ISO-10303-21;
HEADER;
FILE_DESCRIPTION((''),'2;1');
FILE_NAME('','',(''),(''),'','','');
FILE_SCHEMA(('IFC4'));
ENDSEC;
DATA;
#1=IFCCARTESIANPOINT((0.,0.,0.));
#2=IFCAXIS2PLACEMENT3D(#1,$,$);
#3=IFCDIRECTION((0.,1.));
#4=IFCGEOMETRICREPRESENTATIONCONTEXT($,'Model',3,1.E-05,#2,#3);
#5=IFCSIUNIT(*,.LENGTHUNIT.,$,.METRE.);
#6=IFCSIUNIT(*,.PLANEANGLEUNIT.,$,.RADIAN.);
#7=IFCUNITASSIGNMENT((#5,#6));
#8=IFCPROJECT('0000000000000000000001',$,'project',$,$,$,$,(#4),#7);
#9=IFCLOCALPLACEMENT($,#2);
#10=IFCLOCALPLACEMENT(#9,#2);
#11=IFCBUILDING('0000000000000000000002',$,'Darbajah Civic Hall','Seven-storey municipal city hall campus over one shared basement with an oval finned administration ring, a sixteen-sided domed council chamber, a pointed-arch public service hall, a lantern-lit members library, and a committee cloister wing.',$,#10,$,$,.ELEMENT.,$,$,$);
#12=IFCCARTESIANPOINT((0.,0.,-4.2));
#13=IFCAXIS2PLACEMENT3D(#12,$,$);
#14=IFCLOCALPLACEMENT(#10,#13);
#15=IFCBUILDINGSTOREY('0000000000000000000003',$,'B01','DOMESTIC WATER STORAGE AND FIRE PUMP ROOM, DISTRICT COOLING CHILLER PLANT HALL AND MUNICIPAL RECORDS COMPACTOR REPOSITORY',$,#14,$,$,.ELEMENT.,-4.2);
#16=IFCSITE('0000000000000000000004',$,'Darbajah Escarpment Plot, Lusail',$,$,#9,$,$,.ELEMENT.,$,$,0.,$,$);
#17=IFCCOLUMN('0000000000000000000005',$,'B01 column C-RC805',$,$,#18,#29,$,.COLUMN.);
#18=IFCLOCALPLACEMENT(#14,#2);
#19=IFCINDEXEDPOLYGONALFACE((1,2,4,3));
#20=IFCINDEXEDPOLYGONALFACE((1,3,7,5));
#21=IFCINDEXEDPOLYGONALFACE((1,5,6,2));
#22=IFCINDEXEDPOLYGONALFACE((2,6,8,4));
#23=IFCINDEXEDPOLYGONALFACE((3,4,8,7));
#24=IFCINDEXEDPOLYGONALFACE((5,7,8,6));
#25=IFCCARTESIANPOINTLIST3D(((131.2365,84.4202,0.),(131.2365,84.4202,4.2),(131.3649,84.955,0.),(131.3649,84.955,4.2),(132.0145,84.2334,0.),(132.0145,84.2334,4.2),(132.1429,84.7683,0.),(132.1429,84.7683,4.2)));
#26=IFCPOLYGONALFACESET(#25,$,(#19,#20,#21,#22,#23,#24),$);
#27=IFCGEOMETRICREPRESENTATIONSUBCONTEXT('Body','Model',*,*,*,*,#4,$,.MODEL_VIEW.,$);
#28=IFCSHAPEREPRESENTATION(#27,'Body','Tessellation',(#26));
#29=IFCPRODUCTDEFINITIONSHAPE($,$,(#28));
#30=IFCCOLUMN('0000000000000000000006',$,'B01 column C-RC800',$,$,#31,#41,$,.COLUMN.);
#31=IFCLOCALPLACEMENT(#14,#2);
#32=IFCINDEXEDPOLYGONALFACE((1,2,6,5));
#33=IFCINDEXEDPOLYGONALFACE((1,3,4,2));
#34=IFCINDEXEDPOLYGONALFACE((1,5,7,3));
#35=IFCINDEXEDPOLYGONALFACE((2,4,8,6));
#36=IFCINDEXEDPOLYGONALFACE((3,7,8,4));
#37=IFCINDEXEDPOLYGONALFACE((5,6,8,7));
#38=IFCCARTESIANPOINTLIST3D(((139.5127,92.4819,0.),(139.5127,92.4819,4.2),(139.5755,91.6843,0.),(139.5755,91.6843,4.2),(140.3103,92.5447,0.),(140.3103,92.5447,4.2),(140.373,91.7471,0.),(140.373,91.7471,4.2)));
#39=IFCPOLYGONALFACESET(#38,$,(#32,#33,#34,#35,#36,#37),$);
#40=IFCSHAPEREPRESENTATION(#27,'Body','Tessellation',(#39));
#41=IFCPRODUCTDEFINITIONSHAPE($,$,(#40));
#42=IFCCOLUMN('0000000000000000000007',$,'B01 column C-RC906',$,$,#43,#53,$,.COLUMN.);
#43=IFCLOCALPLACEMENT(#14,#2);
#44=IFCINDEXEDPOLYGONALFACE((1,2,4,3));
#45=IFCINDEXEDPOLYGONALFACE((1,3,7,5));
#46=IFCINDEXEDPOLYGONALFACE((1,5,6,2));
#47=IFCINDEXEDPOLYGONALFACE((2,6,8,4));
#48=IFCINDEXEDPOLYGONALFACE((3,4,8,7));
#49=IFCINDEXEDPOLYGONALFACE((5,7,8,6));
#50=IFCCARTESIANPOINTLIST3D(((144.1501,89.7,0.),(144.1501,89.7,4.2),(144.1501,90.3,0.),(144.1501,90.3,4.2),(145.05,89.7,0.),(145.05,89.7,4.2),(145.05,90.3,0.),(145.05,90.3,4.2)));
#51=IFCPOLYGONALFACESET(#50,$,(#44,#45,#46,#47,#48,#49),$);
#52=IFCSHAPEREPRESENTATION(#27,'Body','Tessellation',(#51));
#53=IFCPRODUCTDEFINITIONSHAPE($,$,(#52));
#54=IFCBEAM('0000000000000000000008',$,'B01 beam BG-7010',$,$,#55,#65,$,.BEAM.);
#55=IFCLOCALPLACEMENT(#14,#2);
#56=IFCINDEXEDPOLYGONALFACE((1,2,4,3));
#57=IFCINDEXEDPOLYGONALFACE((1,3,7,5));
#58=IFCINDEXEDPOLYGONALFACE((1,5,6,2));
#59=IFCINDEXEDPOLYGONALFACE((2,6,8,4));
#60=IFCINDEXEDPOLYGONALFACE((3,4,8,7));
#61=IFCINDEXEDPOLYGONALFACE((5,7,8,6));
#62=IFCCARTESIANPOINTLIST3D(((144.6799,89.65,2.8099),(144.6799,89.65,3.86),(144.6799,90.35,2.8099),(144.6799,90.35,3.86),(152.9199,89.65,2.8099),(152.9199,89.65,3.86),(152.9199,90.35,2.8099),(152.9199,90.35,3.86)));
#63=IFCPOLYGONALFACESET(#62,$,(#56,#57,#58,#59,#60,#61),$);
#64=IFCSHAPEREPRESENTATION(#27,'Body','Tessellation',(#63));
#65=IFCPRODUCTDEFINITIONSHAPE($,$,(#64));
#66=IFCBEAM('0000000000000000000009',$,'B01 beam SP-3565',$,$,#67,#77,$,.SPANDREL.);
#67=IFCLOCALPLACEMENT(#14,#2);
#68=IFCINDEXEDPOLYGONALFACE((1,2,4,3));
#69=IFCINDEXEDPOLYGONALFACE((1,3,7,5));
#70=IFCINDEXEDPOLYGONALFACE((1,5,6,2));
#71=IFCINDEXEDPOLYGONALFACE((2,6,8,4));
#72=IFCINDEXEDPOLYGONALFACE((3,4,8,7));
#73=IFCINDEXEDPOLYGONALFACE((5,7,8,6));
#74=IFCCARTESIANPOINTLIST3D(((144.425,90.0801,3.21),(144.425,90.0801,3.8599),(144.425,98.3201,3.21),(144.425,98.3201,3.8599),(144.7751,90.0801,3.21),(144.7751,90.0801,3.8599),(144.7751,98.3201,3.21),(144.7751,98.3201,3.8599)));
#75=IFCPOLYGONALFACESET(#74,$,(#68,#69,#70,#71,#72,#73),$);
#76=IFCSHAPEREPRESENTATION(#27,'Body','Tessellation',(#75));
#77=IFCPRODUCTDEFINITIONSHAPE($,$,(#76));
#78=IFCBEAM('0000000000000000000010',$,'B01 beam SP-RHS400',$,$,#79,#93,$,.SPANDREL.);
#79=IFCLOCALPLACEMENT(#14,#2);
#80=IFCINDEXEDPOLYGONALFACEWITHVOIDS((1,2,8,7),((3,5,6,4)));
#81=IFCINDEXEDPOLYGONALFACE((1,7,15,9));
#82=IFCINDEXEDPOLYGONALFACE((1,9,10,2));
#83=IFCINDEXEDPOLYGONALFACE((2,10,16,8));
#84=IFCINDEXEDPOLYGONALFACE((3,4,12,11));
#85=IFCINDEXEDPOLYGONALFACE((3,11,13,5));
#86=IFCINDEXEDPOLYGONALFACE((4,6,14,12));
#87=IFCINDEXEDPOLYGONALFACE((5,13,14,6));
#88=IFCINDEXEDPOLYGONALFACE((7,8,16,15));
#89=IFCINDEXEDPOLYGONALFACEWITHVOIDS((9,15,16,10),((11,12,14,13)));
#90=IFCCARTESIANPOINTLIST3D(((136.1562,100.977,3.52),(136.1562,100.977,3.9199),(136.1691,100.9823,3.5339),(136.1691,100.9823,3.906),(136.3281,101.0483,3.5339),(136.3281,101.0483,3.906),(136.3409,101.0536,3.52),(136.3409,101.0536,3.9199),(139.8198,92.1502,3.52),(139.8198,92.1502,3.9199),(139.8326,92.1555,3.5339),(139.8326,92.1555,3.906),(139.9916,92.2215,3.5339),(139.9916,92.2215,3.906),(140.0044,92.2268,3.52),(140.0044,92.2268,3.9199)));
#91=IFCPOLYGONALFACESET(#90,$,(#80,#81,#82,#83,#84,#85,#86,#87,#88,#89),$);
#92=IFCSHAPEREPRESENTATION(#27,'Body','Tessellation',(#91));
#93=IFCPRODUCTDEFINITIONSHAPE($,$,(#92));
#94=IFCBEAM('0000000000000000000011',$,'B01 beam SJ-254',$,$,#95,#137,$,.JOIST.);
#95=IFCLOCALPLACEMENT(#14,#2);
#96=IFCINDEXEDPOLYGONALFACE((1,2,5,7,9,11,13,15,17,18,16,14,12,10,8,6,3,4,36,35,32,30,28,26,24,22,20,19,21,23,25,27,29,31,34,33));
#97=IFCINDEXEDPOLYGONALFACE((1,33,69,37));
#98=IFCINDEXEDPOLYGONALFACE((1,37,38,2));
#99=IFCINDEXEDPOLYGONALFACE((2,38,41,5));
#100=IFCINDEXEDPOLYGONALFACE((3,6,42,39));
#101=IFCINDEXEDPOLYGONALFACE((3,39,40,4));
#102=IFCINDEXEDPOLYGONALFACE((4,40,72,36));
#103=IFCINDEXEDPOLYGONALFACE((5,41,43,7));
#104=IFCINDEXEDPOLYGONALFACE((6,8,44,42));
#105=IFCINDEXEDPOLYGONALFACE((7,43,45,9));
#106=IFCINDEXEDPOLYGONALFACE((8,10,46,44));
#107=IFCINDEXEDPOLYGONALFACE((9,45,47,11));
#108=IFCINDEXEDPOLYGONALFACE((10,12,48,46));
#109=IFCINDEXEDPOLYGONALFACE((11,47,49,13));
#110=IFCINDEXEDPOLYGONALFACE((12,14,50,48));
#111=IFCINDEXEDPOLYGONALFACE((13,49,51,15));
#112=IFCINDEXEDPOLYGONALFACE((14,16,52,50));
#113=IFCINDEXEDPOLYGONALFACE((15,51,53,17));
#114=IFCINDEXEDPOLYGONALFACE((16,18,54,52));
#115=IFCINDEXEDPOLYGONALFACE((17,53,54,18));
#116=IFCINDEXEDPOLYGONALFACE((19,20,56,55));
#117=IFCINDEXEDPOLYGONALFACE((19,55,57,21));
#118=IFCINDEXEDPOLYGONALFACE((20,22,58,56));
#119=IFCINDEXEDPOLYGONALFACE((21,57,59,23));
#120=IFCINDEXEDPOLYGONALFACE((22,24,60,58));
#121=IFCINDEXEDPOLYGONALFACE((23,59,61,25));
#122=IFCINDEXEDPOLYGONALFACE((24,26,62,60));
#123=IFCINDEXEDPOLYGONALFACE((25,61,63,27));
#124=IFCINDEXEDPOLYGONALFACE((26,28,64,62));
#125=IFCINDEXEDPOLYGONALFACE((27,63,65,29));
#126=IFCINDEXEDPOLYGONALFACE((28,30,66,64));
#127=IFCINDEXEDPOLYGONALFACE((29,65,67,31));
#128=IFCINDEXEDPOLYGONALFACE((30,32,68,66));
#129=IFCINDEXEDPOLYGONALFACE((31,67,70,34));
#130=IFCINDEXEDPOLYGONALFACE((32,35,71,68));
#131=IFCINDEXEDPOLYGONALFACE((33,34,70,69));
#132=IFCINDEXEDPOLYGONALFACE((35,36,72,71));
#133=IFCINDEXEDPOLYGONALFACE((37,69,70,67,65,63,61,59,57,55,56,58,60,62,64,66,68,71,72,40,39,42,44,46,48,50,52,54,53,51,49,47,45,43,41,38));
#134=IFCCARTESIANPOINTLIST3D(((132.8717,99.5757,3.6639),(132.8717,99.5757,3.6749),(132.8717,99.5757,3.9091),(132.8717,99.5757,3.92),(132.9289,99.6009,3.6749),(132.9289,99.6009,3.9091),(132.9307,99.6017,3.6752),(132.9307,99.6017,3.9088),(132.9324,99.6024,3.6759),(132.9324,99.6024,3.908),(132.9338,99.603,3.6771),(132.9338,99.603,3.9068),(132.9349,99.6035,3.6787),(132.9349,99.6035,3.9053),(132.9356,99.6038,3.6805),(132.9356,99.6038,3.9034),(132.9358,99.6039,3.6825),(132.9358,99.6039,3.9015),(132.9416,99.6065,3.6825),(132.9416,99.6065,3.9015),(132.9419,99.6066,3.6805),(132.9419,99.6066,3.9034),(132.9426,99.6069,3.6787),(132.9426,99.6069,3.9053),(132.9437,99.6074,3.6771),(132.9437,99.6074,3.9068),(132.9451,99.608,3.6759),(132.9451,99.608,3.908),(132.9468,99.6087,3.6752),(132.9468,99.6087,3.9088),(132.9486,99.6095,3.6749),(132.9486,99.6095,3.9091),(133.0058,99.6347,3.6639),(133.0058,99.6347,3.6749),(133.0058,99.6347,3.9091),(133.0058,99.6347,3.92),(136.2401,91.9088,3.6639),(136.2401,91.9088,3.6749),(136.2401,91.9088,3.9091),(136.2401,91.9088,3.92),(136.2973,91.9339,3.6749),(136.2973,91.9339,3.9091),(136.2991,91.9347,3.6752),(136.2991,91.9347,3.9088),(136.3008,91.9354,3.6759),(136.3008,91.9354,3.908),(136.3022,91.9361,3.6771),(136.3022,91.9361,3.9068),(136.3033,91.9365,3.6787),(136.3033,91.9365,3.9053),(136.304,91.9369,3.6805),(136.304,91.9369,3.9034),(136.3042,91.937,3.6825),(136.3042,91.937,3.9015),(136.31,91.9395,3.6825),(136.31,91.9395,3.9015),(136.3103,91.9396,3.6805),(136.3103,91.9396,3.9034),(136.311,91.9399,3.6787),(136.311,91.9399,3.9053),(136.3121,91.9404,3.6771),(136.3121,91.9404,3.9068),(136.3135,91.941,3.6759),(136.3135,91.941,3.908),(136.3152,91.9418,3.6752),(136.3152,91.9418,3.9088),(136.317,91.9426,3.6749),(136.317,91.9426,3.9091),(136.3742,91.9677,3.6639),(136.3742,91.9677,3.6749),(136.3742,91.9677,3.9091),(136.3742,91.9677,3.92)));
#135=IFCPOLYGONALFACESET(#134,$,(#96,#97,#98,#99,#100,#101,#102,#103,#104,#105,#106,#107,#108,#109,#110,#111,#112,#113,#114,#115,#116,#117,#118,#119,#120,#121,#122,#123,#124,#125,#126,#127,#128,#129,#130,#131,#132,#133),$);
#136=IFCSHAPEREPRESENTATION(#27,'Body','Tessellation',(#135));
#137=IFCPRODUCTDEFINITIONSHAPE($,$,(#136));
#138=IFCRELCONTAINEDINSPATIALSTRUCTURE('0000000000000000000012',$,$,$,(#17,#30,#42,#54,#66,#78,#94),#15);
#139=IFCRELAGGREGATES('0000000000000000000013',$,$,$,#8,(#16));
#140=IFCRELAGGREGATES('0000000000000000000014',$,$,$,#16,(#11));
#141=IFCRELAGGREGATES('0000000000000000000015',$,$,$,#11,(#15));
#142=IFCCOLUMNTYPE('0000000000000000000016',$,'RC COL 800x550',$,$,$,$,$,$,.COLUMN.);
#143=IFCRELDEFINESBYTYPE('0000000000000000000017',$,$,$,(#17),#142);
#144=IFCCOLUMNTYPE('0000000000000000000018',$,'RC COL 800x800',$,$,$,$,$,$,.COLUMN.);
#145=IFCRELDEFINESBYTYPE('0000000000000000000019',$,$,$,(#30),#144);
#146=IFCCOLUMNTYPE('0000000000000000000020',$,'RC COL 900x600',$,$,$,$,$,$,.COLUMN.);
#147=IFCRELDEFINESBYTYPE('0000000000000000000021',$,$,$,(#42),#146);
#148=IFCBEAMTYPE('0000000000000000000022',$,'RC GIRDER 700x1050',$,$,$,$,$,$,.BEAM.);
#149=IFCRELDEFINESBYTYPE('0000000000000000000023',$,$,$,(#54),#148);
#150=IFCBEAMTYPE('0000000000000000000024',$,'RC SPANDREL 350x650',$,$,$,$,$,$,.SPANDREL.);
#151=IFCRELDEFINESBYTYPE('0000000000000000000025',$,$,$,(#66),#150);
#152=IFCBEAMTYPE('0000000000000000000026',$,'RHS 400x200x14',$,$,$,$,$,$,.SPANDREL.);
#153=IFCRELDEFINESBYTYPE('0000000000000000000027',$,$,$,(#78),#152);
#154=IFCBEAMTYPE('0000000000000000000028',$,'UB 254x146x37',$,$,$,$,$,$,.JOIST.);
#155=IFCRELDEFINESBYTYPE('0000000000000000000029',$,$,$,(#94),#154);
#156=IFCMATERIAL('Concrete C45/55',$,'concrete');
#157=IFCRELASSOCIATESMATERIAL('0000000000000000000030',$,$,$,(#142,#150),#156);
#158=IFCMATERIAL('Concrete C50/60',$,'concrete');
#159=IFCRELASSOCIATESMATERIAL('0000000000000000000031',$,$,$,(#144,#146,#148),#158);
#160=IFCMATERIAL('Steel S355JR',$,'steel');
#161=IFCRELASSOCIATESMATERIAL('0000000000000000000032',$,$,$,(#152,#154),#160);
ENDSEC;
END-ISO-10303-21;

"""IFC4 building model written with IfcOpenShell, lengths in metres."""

from ifc_helpers import new_model, si_unit, direction, frame, origin, origin_2d, place, context, subcontext, project, spatial, rectangle, hollow_rectangle, i_section, extrude, material, material_profile, profile_set, type_object, element, save


model = new_model("IFC4")

# Units and contexts
model_context = context("Model", 3, precision=1e-05, world=origin(), true_north=direction((0.0, 1.0)))
body_context = subcontext(model_context, "Body", "Model", "MODEL_VIEW")
ifc_project = project(units=[si_unit("LENGTHUNIT", "METRE"), si_unit("PLANEANGLEUNIT", "RADIAN")], contexts=[model_context])

# Site, building, storey
site_placement = place(None, origin())
site = spatial("IfcSite", under=ifc_project, at=site_placement, Name="Darbajah Escarpment Plot, Lusail", CompositionType="ELEMENT", RefElevation=0.0)
building_placement = place(site_placement, origin())
building = spatial("IfcBuilding", under=site, at=building_placement, Name="Darbajah Civic Hall", Description="Seven-storey municipal city hall campus over one shared basement with an oval finned administration ring, a sixteen-sided domed council chamber, a pointed-arch public service hall, a lantern-lit members library, and a committee cloister wing.", CompositionType="ELEMENT")
storey_placement = place(building_placement, frame((0.0, 0.0, -4.2)))
storey = spatial("IfcBuildingStorey", under=building, at=storey_placement, Name="B01", Description="DOMESTIC WATER STORAGE AND FIRE PUMP ROOM, DISTRICT COOLING CHILLER PLANT HALL AND MUNICIPAL RECORDS COMPACTOR REPOSITORY", CompositionType="ELEMENT", Elevation=-4.2)

# Shared definitions
ifc_material_1 = material(Name="Concrete C45/55", Category="concrete")

# Columns
ifc_material_profile_1 = material_profile(ifc_material_1, rectangle(XDim=0.8, YDim=0.55, at=origin_2d()), Name="RC COL 800x550")
ifc_profile_set_1 = profile_set([ifc_material_profile_1], Name="Concrete C45/55")
column_type_1 = type_object("IfcColumnType", Name="RC COL 800x550", PredefinedType="COLUMN", material=ifc_profile_set_1)
for number, where, z_axis, x_axis, name in (
    (1, (131.6897, 84.5942, 0.0), (0.0, 0.0, 1.0), (0.97237, -0.233445, 0.0), "B01 column C-RC805"),
):
    element("IfcColumn", number, at=place(storey_placement, frame(where, z_axis=z_axis, x_axis=x_axis)), inside=storey, type_object=column_type_1, Name=name, PredefinedType="COLUMN", context=body_context, shape_type="SweptSolid", body=[
        extrude(rectangle(XDim=0.8, YDim=0.55, at=origin_2d()), origin(), (0.0, 0.0, 1.0), 4.2),
    ])
ifc_material_2 = material(Name="Concrete C50/60", Category="concrete")
ifc_material_profile_2 = material_profile(ifc_material_2, rectangle(XDim=0.8, YDim=0.8, at=origin_2d()), Name="RC COL 800x800")
ifc_profile_set_2 = profile_set([ifc_material_profile_2], Name="Concrete C50/60")
column_type_2 = type_object("IfcColumnType", Name="RC COL 800x800", PredefinedType="COLUMN", material=ifc_profile_set_2)
column_1_placement = place(storey_placement, frame((139.9429, 92.1145, 0.0), z_axis=(0.0, 0.0, 1.0), x_axis=(0.996917, 0.078459, 0.0)))
element("IfcColumn", 2, at=column_1_placement, inside=storey, type_object=column_type_2, Name="B01 column C-RC800", PredefinedType="COLUMN", context=body_context, shape_type="SweptSolid", body=[
    extrude(rectangle(XDim=0.8, YDim=0.8, at=origin_2d()), origin(), (0.0, 0.0, 1.0), 4.2),
])
ifc_material_profile_3 = material_profile(ifc_material_2, rectangle(XDim=0.8999, YDim=0.6001, at=origin_2d()), Name="RC COL 900x600")
ifc_profile_set_3 = profile_set([ifc_material_profile_3], Name="Concrete C50/60")
column_type_3 = type_object("IfcColumnType", Name="RC COL 900x600", PredefinedType="COLUMN", material=ifc_profile_set_3)
column_2_placement = place(storey_placement, frame((144.6001, 90.0, 0.0), z_axis=(0.0, 0.0, 1.0), x_axis=(1.0, 0.0, 0.0)))
element("IfcColumn", 3, at=column_2_placement, inside=storey, type_object=column_type_3, Name="B01 column C-RC906", PredefinedType="COLUMN", context=body_context, shape_type="SweptSolid", body=[
    extrude(rectangle(XDim=0.8999, YDim=0.6001, at=origin_2d()), origin(), (0.0, 0.0, 1.0), 4.2),
])

# Beams
ifc_material_profile_4 = material_profile(ifc_material_2, rectangle(XDim=0.7, YDim=1.05, at=origin_2d()), Name="RC GIRDER 700x1050")
ifc_profile_set_4 = profile_set([ifc_material_profile_4], Name="Concrete C50/60")
beam_type_1 = type_object("IfcBeamType", Name="RC GIRDER 700x1050", PredefinedType="BEAM", material=ifc_profile_set_4)
beam_1_placement = place(storey_placement, frame((144.6799, 90.0, 3.335), z_axis=(1.0, 0.0, 0.0), x_axis=(0.0, 1.0, 0.0)))
element("IfcBeam", 4, at=beam_1_placement, inside=storey, type_object=beam_type_1, Name="B01 beam BG-7010", PredefinedType="BEAM", context=body_context, shape_type="SweptSolid", body=[
    extrude(rectangle(XDim=0.7, YDim=1.05, at=origin_2d()), origin(), (0.0, 0.0, 1.0), 8.24),
])
ifc_material_profile_5 = material_profile(ifc_material_1, rectangle(XDim=0.3501, YDim=0.6499, at=origin_2d()), Name="RC SPANDREL 350x650")
ifc_profile_set_5 = profile_set([ifc_material_profile_5], Name="Concrete C45/55")
beam_type_2 = type_object("IfcBeamType", Name="RC SPANDREL 350x650", PredefinedType="SPANDREL", material=ifc_profile_set_5)
beam_2_placement = place(storey_placement, frame((144.6001, 90.0801, 3.5349), z_axis=(0.0, 1.0, 0.0), x_axis=(-1.0, 0.0, 0.0)))
element("IfcBeam", 5, at=beam_2_placement, inside=storey, type_object=beam_type_2, Name="B01 beam SP-3565", PredefinedType="SPANDREL", context=body_context, shape_type="SweptSolid", body=[
    extrude(rectangle(XDim=0.3501, YDim=0.6499, at=origin_2d()), origin(), (0.0, 0.0, 1.0), 8.24),
])
ifc_material_3 = material(Name="Steel S355JR", Category="steel")
ifc_material_profile_6 = material_profile(ifc_material_3, hollow_rectangle(XDim=0.2, YDim=0.3999, WallThickness=0.0139, at=origin_2d()), Name="RHS 400x200x14")
ifc_profile_set_6 = profile_set([ifc_material_profile_6], Name="Steel S355JR")
beam_type_3 = type_object("IfcBeamType", Name="RHS 400x200x14", PredefinedType="SPANDREL", material=ifc_profile_set_6)
beam_3_placement = place(storey_placement, frame((139.9121, 92.1885, 3.72), z_axis=(-0.38334, 0.923607, 0.0), x_axis=(-0.923607, -0.38334, 0.0)))
element("IfcBeam", 6, at=beam_3_placement, inside=storey, type_object=beam_type_3, Name="B01 beam SP-RHS400", PredefinedType="SPANDREL", context=body_context, shape_type="SweptSolid", body=[
    extrude(hollow_rectangle(XDim=0.2, YDim=0.3999, WallThickness=0.0139, at=origin_2d()), origin(), (0.0, 0.0, 1.0), 9.5569),
])
ifc_material_profile_7 = material_profile(ifc_material_3, i_section(OverallWidth=0.1465, OverallDepth=0.2561, WebThickness=0.0063, FlangeThickness=0.011, FilletRadius=0.0076, at=origin_2d()), Name="UB 254x146x37")
ifc_profile_set_7 = profile_set([ifc_material_profile_7], Name="Steel S355JR")
beam_type_4 = type_object("IfcBeamType", Name="UB 254x146x37", PredefinedType="JOIST", material=ifc_profile_set_7)
beam_4_placement = place(storey_placement, frame((136.3071, 91.9382, 3.792), z_axis=(-0.402231, 0.915538, 0.0), x_axis=(-0.915538, -0.402231, 0.0)))
element("IfcBeam", 7, at=beam_4_placement, inside=storey, type_object=beam_type_4, Name="B01 beam SJ-254", PredefinedType="JOIST", context=body_context, shape_type="SweptSolid", body=[
    extrude(i_section(OverallWidth=0.1465, OverallDepth=0.2561, WebThickness=0.0063, FlangeThickness=0.011, FilletRadius=0.0076, at=origin_2d()), origin(), (0.0, 0.0, 1.0), 8.3743),
])

save(model, "model.ifc")
